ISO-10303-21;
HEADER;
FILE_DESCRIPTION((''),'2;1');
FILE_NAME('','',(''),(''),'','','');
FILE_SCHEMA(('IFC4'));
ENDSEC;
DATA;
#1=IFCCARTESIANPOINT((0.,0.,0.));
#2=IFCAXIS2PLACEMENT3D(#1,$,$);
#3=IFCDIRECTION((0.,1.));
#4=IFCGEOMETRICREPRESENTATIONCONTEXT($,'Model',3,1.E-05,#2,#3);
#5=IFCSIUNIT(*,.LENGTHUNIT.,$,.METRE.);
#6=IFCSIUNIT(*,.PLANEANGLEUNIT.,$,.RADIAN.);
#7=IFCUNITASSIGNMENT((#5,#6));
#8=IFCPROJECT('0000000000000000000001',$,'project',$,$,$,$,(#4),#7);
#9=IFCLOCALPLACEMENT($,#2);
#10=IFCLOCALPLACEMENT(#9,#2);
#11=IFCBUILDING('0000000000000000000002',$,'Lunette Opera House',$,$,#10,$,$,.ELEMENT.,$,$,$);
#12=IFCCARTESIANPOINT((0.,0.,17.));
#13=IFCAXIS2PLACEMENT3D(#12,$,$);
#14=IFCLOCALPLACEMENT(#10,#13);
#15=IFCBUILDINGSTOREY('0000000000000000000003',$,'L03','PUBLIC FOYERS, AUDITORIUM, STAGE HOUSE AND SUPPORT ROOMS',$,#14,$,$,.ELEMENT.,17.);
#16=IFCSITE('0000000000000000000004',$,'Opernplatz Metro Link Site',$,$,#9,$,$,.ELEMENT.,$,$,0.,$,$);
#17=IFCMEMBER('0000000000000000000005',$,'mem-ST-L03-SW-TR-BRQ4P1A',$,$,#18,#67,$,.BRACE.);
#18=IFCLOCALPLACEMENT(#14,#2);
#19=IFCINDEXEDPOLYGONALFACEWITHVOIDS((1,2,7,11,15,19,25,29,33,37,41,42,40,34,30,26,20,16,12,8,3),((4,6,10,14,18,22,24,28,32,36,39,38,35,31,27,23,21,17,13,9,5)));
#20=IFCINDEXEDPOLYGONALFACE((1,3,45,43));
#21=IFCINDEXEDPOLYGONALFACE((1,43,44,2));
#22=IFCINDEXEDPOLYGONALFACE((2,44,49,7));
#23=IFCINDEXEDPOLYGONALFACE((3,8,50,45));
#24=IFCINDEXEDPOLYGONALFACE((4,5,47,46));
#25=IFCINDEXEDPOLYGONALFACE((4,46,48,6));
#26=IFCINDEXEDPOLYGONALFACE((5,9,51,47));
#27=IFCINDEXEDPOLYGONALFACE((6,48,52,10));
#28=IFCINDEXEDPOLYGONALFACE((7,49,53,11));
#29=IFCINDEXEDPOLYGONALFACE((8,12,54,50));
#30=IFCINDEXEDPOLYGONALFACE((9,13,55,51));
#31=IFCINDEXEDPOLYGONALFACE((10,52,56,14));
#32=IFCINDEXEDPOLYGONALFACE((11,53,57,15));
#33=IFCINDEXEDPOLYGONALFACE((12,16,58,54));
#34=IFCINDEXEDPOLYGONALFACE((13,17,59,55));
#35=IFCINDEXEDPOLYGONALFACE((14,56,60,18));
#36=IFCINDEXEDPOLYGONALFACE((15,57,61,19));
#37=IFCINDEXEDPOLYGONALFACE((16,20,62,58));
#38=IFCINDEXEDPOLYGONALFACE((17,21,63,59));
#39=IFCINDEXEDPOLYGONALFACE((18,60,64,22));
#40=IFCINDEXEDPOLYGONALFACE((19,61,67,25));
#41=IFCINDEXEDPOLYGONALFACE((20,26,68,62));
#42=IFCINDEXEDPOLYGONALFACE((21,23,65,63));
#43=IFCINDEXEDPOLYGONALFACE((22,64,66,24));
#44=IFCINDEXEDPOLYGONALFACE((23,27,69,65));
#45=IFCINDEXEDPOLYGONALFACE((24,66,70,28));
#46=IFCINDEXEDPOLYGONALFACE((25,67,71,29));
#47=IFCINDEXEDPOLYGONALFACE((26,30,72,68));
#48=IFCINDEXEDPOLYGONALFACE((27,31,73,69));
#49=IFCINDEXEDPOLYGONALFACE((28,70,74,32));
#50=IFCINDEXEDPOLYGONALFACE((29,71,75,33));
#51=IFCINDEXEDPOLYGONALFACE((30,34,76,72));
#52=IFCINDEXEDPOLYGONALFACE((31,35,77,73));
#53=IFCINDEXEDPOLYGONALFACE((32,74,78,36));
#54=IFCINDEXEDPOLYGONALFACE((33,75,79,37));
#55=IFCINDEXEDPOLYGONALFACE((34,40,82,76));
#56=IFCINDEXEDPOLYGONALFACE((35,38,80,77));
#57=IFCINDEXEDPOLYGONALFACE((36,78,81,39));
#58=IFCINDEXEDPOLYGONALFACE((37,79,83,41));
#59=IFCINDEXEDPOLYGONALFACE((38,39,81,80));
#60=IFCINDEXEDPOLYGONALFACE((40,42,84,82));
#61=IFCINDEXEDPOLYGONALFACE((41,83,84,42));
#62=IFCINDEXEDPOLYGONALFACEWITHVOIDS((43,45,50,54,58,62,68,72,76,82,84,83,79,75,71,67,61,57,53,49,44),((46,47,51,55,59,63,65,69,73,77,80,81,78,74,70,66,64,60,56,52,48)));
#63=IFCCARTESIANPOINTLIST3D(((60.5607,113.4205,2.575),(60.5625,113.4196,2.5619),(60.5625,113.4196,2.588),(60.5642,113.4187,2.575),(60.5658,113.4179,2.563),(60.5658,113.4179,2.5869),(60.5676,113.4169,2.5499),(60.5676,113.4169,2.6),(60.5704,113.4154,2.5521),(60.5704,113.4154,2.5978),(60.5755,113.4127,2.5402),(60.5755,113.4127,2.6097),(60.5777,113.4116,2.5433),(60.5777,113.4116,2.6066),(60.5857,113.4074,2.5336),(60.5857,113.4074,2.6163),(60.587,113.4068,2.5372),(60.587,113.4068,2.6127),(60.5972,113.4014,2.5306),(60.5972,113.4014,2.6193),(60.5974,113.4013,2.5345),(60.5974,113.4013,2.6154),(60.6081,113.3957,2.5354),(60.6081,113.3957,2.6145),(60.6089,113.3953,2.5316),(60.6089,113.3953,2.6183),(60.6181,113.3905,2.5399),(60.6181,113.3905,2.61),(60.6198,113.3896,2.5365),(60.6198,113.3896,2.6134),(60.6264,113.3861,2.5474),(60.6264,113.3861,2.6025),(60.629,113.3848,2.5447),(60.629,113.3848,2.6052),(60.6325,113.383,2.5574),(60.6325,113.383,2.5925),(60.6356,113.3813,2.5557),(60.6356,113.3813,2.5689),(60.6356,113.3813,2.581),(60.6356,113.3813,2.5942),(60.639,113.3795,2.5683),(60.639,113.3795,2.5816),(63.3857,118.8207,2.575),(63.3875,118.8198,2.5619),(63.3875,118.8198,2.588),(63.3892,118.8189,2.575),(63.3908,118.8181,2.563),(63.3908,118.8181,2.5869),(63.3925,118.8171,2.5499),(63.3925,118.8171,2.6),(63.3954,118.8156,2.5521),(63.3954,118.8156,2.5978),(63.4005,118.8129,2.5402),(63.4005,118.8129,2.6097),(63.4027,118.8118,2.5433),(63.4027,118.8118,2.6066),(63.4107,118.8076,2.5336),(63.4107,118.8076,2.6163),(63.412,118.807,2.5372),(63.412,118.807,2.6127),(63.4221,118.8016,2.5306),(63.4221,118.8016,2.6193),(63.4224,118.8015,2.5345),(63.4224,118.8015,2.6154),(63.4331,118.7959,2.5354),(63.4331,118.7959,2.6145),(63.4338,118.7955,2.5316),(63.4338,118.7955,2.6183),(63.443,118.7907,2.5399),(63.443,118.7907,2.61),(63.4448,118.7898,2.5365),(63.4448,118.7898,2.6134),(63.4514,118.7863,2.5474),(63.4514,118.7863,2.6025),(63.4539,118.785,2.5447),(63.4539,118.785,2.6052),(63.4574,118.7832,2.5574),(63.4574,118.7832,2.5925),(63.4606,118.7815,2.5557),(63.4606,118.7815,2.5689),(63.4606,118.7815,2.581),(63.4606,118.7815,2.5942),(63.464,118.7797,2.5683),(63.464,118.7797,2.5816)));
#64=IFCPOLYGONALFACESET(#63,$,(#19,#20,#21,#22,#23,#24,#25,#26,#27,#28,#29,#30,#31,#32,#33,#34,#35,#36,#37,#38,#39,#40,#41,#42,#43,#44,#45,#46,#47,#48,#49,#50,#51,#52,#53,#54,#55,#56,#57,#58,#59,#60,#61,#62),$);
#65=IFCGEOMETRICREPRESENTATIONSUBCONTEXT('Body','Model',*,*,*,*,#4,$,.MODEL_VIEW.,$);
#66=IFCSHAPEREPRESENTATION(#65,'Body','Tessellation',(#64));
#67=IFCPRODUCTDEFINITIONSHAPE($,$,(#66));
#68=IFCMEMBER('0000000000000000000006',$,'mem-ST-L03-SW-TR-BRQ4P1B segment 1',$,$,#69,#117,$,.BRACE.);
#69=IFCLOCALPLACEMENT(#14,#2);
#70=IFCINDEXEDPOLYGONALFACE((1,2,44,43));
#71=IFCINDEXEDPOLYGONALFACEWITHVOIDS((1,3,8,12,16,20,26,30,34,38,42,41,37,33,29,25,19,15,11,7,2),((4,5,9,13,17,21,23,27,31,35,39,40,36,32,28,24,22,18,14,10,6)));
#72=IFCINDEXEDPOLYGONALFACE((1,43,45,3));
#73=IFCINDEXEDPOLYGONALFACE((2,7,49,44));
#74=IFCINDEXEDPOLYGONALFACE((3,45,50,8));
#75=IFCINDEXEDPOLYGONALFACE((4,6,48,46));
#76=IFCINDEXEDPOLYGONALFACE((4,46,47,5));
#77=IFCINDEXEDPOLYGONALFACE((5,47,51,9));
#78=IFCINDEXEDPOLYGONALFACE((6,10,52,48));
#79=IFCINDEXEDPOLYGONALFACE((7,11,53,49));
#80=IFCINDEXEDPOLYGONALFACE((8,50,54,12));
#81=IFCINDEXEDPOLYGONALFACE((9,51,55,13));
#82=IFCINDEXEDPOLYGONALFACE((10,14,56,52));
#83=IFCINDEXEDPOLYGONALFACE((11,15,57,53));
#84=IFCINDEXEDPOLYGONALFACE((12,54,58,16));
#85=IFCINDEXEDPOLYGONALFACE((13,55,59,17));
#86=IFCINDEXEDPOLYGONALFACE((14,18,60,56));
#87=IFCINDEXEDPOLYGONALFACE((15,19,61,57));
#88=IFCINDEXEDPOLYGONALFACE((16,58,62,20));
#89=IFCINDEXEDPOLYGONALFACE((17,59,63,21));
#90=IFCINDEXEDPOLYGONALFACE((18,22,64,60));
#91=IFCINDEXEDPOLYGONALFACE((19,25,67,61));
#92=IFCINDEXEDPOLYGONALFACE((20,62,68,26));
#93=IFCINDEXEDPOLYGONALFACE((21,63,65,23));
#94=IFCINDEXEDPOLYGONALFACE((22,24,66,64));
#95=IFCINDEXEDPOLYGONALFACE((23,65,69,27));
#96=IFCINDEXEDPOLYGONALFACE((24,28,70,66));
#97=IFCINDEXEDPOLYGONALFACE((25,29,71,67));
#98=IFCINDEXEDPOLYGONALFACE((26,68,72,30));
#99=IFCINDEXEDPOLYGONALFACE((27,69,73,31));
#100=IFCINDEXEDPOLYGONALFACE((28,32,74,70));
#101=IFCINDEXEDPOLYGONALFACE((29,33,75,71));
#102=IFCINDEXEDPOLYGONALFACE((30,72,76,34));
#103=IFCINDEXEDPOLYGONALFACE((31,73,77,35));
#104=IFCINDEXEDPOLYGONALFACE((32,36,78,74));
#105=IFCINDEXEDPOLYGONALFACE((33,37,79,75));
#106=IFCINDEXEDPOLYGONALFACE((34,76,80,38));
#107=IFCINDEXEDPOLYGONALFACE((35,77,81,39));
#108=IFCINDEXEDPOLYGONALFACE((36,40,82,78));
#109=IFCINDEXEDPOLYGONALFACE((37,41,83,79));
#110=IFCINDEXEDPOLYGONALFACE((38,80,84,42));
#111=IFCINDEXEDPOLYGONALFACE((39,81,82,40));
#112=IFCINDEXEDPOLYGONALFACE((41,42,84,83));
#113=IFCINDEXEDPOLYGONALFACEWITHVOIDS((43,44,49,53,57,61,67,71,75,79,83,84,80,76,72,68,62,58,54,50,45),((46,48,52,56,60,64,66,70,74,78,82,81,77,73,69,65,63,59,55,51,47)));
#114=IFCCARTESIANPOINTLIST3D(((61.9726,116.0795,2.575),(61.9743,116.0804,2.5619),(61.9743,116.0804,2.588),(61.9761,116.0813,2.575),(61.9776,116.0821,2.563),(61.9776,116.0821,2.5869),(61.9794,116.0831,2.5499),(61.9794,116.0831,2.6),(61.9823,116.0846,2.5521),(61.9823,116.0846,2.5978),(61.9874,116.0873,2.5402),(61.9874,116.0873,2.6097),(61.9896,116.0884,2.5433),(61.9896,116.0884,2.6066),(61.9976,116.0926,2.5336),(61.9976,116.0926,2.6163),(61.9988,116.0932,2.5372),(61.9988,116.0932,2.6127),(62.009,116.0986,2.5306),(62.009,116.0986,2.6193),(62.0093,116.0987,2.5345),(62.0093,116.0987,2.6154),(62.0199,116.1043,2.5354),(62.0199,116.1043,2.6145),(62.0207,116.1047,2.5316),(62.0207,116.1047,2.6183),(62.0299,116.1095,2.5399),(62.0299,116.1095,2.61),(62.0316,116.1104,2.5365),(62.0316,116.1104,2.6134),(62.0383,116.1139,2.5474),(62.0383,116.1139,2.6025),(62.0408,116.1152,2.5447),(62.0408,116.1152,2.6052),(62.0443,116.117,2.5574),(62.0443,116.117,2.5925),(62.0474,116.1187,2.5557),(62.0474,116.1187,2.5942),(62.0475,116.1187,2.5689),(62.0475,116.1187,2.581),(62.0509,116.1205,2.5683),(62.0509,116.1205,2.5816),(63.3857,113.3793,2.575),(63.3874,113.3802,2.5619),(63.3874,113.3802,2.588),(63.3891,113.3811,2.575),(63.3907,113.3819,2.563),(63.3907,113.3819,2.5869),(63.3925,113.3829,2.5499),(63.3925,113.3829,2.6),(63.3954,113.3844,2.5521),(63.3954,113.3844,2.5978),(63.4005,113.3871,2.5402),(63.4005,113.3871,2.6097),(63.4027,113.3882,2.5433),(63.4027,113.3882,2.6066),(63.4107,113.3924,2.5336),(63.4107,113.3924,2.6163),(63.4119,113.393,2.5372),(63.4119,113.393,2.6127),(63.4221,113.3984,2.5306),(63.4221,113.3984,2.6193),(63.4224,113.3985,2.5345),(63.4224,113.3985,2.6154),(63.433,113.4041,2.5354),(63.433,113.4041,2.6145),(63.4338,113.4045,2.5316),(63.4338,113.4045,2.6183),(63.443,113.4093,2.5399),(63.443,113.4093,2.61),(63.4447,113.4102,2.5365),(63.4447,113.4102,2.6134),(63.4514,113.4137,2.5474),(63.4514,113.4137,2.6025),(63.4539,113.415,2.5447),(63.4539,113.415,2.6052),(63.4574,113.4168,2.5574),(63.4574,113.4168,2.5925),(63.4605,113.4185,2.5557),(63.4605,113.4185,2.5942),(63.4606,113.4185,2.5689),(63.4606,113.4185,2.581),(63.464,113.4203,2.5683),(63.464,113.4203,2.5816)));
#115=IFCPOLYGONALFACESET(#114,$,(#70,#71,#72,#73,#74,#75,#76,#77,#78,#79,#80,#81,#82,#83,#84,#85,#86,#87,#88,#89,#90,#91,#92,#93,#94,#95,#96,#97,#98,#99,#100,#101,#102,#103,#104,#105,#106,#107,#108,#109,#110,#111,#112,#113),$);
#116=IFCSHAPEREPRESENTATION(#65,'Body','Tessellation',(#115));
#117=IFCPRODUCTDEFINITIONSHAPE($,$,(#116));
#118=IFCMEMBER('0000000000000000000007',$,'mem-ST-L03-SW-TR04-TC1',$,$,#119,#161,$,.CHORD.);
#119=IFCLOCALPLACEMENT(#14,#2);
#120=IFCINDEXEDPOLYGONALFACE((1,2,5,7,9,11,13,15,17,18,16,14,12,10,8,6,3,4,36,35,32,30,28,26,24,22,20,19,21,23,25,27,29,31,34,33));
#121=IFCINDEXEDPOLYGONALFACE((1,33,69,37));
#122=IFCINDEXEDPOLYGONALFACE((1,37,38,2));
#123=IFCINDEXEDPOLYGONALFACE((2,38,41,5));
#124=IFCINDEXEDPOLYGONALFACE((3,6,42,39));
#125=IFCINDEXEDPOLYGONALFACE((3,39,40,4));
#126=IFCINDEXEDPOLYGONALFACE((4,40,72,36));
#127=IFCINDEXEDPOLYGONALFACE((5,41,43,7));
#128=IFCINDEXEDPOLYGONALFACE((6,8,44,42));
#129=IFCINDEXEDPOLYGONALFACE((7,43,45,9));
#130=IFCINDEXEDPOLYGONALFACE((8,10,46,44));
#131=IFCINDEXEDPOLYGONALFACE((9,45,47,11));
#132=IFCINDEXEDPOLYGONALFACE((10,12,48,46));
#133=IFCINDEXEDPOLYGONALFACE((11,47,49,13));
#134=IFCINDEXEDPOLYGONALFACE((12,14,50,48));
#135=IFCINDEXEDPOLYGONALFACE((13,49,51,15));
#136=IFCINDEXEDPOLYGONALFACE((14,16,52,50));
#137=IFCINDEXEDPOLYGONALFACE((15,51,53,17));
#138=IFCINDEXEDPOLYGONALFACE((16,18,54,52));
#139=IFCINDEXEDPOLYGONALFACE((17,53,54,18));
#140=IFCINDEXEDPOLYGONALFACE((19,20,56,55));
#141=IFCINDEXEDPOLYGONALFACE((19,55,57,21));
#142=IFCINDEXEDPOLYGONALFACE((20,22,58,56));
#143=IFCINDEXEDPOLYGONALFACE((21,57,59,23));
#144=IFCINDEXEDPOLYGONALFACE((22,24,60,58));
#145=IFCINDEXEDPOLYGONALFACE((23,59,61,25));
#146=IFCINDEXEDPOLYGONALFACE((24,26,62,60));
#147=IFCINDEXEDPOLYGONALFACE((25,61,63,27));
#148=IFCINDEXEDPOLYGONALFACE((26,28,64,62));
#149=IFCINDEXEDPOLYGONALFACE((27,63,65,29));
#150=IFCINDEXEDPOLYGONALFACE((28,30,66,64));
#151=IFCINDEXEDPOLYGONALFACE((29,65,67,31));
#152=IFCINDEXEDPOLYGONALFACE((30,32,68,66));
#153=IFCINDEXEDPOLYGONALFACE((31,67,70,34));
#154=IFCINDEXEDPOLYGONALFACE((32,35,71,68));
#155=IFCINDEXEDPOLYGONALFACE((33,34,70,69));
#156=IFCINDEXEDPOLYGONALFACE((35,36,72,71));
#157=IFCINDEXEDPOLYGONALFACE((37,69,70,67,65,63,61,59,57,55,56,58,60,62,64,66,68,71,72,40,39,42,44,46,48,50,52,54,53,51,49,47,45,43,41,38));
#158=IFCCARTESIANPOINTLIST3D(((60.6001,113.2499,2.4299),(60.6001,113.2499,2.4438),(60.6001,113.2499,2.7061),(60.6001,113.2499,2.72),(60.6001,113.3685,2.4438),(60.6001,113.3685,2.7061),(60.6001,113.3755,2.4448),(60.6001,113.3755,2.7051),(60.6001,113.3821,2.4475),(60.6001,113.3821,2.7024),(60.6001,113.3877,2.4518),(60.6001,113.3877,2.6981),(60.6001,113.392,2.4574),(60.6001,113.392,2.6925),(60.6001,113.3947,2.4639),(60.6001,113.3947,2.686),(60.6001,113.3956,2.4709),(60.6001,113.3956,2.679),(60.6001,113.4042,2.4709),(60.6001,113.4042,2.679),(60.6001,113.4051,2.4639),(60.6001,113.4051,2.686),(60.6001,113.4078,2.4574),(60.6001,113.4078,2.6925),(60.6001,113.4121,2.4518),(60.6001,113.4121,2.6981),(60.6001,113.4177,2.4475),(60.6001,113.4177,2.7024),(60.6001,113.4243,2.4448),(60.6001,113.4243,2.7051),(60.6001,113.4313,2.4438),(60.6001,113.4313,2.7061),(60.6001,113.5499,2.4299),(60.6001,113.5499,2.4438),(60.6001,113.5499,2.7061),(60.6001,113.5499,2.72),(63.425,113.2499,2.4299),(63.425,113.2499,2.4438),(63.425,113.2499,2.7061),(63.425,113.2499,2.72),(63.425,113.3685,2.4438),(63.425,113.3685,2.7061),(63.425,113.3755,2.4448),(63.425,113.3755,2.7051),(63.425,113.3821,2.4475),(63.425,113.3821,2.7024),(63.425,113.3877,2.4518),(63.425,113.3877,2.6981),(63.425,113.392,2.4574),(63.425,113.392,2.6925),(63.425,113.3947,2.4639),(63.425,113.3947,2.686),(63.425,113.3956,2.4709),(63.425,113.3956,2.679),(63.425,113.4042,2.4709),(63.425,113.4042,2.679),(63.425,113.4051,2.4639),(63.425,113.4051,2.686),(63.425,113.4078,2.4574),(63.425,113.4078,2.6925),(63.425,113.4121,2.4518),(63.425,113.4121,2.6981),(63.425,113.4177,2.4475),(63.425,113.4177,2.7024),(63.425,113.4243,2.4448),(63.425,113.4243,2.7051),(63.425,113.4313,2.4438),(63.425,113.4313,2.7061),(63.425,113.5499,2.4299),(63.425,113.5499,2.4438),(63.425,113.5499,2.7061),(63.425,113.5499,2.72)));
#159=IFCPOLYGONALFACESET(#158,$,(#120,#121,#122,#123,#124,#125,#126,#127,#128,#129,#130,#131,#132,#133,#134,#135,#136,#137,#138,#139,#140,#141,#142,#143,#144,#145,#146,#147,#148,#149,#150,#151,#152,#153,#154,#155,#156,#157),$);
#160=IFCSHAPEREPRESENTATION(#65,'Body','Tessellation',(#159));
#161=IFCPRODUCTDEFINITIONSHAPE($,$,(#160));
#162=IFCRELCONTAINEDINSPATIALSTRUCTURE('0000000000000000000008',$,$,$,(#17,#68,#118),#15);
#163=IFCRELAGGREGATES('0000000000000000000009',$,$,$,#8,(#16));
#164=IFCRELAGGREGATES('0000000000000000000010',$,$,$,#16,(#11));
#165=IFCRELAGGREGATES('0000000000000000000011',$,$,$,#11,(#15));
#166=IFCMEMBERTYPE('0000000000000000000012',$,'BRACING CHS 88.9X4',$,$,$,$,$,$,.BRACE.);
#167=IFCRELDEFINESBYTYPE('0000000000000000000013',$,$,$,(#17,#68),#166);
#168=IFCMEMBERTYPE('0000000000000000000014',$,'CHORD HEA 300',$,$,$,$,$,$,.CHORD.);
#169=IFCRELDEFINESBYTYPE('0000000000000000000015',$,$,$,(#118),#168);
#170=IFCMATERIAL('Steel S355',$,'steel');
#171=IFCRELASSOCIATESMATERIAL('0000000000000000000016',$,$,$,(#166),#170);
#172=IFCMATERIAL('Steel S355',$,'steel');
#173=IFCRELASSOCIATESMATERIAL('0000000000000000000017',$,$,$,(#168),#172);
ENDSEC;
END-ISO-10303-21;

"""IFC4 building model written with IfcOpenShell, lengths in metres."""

from ifc_helpers import new_model, si_unit, direction, frame, origin, origin_2d, place, context, subcontext, project, spatial, hollow_circle, i_section, extrude, material, material_profile, profile_set, type_object, element, save


model = new_model("IFC4")

# Units and contexts
model_context = context("Model", 3, precision=1e-05, world=origin(), true_north=direction((0.0, 1.0)))
body_context = subcontext(model_context, "Body", "Model", "MODEL_VIEW")
ifc_project = project(units=[si_unit("LENGTHUNIT", "METRE"), si_unit("PLANEANGLEUNIT", "RADIAN")], contexts=[model_context])

# Site, building, storey
site_placement = place(None, origin())
site = spatial("IfcSite", under=ifc_project, at=site_placement, Name="Opernplatz Metro Link Site", CompositionType="ELEMENT", RefElevation=0.0)
building_placement = place(site_placement, origin())
building = spatial("IfcBuilding", under=site, at=building_placement, Name="Lunette Opera House", CompositionType="ELEMENT")
storey_placement = place(building_placement, frame((0.0, 0.0, 17.0)))
storey = spatial("IfcBuildingStorey", under=building, at=storey_placement, Name="L03", Description="PUBLIC FOYERS, AUDITORIUM, STAGE HOUSE AND SUPPORT ROOMS", CompositionType="ELEMENT", Elevation=17.0)

# Members
ifc_material_1 = material(Name="Steel S355", Category="steel")
ifc_material_profile_1 = material_profile(ifc_material_1, hollow_circle(Radius=0.0444, WallThickness=0.0039, at=origin_2d()), Name="CHS 88.9X4")
ifc_profile_set_1 = profile_set([ifc_material_profile_1], Name="Steel S355")
member_type_1 = type_object("IfcMemberType", Name="BRACING CHS 88.9X4", PredefinedType="BRACE", material=ifc_profile_set_1)
member_1_placement = place(storey_placement, frame((60.6001, 113.3999, 2.575), z_axis=(0.463531, 0.886081, 0.0), x_axis=(-0.886081, 0.463531, 0.0)))
element("IfcMember", 1, at=member_1_placement, inside=storey, type_object=member_type_1, Name="mem-ST-L03-SW-TR-BRQ4P1A", PredefinedType="BRACE", context=body_context, shape_type="SweptSolid", body=[
    extrude(hollow_circle(Radius=0.0444, WallThickness=0.0039, at=origin_2d()), origin(), (0.0, 0.0, 1.0), 6.0945),
])
member_2_placement = place(storey_placement, frame((63.425, 113.3999, 2.575), z_axis=(-0.463672, 0.886007, 0.0), x_axis=(-0.886007, -0.463672, 0.0)))
element("IfcMember", 2, at=member_2_placement, inside=storey, type_object=member_type_1, Name="mem-ST-L03-SW-TR-BRQ4P1B segment 1", PredefinedType="BRACE", context=body_context, shape_type="SweptSolid", body=[
    extrude(hollow_circle(Radius=0.0444, WallThickness=0.0039, at=origin_2d()), origin(), (0.0, 0.0, 1.0), 3.0476),
])
ifc_material_2 = material(Name="Steel S355", Category="steel")
ifc_material_profile_2 = material_profile(ifc_material_2, i_section(OverallWidth=0.3, OverallDepth=0.29, WebThickness=0.0085, FlangeThickness=0.0139, FilletRadius=0.0271, at=origin_2d()), Name="HEA 300")
ifc_profile_set_2 = profile_set([ifc_material_profile_2], Name="Steel S355")
member_type_2 = type_object("IfcMemberType", Name="CHORD HEA 300", PredefinedType="CHORD", material=ifc_profile_set_2)
for number, where, z_axis, x_axis, name in (
    (3, (60.6001, 113.3999, 2.575), (1.0, 0.0, 0.0), (0.0, 1.0, 0.0), "mem-ST-L03-SW-TR04-TC1"),
):
    element("IfcMember", number, at=place(storey_placement, frame(where, z_axis=z_axis, x_axis=x_axis)), inside=storey, type_object=member_type_2, Name=name, PredefinedType="CHORD", context=body_context, shape_type="SweptSolid", body=[
        extrude(i_section(OverallWidth=0.3, OverallDepth=0.29, WebThickness=0.0085, FlangeThickness=0.0139, FilletRadius=0.0271, at=origin_2d()), origin(), (0.0, 0.0, 1.0), 2.825),
    ])

save(model, "model.ifc")
